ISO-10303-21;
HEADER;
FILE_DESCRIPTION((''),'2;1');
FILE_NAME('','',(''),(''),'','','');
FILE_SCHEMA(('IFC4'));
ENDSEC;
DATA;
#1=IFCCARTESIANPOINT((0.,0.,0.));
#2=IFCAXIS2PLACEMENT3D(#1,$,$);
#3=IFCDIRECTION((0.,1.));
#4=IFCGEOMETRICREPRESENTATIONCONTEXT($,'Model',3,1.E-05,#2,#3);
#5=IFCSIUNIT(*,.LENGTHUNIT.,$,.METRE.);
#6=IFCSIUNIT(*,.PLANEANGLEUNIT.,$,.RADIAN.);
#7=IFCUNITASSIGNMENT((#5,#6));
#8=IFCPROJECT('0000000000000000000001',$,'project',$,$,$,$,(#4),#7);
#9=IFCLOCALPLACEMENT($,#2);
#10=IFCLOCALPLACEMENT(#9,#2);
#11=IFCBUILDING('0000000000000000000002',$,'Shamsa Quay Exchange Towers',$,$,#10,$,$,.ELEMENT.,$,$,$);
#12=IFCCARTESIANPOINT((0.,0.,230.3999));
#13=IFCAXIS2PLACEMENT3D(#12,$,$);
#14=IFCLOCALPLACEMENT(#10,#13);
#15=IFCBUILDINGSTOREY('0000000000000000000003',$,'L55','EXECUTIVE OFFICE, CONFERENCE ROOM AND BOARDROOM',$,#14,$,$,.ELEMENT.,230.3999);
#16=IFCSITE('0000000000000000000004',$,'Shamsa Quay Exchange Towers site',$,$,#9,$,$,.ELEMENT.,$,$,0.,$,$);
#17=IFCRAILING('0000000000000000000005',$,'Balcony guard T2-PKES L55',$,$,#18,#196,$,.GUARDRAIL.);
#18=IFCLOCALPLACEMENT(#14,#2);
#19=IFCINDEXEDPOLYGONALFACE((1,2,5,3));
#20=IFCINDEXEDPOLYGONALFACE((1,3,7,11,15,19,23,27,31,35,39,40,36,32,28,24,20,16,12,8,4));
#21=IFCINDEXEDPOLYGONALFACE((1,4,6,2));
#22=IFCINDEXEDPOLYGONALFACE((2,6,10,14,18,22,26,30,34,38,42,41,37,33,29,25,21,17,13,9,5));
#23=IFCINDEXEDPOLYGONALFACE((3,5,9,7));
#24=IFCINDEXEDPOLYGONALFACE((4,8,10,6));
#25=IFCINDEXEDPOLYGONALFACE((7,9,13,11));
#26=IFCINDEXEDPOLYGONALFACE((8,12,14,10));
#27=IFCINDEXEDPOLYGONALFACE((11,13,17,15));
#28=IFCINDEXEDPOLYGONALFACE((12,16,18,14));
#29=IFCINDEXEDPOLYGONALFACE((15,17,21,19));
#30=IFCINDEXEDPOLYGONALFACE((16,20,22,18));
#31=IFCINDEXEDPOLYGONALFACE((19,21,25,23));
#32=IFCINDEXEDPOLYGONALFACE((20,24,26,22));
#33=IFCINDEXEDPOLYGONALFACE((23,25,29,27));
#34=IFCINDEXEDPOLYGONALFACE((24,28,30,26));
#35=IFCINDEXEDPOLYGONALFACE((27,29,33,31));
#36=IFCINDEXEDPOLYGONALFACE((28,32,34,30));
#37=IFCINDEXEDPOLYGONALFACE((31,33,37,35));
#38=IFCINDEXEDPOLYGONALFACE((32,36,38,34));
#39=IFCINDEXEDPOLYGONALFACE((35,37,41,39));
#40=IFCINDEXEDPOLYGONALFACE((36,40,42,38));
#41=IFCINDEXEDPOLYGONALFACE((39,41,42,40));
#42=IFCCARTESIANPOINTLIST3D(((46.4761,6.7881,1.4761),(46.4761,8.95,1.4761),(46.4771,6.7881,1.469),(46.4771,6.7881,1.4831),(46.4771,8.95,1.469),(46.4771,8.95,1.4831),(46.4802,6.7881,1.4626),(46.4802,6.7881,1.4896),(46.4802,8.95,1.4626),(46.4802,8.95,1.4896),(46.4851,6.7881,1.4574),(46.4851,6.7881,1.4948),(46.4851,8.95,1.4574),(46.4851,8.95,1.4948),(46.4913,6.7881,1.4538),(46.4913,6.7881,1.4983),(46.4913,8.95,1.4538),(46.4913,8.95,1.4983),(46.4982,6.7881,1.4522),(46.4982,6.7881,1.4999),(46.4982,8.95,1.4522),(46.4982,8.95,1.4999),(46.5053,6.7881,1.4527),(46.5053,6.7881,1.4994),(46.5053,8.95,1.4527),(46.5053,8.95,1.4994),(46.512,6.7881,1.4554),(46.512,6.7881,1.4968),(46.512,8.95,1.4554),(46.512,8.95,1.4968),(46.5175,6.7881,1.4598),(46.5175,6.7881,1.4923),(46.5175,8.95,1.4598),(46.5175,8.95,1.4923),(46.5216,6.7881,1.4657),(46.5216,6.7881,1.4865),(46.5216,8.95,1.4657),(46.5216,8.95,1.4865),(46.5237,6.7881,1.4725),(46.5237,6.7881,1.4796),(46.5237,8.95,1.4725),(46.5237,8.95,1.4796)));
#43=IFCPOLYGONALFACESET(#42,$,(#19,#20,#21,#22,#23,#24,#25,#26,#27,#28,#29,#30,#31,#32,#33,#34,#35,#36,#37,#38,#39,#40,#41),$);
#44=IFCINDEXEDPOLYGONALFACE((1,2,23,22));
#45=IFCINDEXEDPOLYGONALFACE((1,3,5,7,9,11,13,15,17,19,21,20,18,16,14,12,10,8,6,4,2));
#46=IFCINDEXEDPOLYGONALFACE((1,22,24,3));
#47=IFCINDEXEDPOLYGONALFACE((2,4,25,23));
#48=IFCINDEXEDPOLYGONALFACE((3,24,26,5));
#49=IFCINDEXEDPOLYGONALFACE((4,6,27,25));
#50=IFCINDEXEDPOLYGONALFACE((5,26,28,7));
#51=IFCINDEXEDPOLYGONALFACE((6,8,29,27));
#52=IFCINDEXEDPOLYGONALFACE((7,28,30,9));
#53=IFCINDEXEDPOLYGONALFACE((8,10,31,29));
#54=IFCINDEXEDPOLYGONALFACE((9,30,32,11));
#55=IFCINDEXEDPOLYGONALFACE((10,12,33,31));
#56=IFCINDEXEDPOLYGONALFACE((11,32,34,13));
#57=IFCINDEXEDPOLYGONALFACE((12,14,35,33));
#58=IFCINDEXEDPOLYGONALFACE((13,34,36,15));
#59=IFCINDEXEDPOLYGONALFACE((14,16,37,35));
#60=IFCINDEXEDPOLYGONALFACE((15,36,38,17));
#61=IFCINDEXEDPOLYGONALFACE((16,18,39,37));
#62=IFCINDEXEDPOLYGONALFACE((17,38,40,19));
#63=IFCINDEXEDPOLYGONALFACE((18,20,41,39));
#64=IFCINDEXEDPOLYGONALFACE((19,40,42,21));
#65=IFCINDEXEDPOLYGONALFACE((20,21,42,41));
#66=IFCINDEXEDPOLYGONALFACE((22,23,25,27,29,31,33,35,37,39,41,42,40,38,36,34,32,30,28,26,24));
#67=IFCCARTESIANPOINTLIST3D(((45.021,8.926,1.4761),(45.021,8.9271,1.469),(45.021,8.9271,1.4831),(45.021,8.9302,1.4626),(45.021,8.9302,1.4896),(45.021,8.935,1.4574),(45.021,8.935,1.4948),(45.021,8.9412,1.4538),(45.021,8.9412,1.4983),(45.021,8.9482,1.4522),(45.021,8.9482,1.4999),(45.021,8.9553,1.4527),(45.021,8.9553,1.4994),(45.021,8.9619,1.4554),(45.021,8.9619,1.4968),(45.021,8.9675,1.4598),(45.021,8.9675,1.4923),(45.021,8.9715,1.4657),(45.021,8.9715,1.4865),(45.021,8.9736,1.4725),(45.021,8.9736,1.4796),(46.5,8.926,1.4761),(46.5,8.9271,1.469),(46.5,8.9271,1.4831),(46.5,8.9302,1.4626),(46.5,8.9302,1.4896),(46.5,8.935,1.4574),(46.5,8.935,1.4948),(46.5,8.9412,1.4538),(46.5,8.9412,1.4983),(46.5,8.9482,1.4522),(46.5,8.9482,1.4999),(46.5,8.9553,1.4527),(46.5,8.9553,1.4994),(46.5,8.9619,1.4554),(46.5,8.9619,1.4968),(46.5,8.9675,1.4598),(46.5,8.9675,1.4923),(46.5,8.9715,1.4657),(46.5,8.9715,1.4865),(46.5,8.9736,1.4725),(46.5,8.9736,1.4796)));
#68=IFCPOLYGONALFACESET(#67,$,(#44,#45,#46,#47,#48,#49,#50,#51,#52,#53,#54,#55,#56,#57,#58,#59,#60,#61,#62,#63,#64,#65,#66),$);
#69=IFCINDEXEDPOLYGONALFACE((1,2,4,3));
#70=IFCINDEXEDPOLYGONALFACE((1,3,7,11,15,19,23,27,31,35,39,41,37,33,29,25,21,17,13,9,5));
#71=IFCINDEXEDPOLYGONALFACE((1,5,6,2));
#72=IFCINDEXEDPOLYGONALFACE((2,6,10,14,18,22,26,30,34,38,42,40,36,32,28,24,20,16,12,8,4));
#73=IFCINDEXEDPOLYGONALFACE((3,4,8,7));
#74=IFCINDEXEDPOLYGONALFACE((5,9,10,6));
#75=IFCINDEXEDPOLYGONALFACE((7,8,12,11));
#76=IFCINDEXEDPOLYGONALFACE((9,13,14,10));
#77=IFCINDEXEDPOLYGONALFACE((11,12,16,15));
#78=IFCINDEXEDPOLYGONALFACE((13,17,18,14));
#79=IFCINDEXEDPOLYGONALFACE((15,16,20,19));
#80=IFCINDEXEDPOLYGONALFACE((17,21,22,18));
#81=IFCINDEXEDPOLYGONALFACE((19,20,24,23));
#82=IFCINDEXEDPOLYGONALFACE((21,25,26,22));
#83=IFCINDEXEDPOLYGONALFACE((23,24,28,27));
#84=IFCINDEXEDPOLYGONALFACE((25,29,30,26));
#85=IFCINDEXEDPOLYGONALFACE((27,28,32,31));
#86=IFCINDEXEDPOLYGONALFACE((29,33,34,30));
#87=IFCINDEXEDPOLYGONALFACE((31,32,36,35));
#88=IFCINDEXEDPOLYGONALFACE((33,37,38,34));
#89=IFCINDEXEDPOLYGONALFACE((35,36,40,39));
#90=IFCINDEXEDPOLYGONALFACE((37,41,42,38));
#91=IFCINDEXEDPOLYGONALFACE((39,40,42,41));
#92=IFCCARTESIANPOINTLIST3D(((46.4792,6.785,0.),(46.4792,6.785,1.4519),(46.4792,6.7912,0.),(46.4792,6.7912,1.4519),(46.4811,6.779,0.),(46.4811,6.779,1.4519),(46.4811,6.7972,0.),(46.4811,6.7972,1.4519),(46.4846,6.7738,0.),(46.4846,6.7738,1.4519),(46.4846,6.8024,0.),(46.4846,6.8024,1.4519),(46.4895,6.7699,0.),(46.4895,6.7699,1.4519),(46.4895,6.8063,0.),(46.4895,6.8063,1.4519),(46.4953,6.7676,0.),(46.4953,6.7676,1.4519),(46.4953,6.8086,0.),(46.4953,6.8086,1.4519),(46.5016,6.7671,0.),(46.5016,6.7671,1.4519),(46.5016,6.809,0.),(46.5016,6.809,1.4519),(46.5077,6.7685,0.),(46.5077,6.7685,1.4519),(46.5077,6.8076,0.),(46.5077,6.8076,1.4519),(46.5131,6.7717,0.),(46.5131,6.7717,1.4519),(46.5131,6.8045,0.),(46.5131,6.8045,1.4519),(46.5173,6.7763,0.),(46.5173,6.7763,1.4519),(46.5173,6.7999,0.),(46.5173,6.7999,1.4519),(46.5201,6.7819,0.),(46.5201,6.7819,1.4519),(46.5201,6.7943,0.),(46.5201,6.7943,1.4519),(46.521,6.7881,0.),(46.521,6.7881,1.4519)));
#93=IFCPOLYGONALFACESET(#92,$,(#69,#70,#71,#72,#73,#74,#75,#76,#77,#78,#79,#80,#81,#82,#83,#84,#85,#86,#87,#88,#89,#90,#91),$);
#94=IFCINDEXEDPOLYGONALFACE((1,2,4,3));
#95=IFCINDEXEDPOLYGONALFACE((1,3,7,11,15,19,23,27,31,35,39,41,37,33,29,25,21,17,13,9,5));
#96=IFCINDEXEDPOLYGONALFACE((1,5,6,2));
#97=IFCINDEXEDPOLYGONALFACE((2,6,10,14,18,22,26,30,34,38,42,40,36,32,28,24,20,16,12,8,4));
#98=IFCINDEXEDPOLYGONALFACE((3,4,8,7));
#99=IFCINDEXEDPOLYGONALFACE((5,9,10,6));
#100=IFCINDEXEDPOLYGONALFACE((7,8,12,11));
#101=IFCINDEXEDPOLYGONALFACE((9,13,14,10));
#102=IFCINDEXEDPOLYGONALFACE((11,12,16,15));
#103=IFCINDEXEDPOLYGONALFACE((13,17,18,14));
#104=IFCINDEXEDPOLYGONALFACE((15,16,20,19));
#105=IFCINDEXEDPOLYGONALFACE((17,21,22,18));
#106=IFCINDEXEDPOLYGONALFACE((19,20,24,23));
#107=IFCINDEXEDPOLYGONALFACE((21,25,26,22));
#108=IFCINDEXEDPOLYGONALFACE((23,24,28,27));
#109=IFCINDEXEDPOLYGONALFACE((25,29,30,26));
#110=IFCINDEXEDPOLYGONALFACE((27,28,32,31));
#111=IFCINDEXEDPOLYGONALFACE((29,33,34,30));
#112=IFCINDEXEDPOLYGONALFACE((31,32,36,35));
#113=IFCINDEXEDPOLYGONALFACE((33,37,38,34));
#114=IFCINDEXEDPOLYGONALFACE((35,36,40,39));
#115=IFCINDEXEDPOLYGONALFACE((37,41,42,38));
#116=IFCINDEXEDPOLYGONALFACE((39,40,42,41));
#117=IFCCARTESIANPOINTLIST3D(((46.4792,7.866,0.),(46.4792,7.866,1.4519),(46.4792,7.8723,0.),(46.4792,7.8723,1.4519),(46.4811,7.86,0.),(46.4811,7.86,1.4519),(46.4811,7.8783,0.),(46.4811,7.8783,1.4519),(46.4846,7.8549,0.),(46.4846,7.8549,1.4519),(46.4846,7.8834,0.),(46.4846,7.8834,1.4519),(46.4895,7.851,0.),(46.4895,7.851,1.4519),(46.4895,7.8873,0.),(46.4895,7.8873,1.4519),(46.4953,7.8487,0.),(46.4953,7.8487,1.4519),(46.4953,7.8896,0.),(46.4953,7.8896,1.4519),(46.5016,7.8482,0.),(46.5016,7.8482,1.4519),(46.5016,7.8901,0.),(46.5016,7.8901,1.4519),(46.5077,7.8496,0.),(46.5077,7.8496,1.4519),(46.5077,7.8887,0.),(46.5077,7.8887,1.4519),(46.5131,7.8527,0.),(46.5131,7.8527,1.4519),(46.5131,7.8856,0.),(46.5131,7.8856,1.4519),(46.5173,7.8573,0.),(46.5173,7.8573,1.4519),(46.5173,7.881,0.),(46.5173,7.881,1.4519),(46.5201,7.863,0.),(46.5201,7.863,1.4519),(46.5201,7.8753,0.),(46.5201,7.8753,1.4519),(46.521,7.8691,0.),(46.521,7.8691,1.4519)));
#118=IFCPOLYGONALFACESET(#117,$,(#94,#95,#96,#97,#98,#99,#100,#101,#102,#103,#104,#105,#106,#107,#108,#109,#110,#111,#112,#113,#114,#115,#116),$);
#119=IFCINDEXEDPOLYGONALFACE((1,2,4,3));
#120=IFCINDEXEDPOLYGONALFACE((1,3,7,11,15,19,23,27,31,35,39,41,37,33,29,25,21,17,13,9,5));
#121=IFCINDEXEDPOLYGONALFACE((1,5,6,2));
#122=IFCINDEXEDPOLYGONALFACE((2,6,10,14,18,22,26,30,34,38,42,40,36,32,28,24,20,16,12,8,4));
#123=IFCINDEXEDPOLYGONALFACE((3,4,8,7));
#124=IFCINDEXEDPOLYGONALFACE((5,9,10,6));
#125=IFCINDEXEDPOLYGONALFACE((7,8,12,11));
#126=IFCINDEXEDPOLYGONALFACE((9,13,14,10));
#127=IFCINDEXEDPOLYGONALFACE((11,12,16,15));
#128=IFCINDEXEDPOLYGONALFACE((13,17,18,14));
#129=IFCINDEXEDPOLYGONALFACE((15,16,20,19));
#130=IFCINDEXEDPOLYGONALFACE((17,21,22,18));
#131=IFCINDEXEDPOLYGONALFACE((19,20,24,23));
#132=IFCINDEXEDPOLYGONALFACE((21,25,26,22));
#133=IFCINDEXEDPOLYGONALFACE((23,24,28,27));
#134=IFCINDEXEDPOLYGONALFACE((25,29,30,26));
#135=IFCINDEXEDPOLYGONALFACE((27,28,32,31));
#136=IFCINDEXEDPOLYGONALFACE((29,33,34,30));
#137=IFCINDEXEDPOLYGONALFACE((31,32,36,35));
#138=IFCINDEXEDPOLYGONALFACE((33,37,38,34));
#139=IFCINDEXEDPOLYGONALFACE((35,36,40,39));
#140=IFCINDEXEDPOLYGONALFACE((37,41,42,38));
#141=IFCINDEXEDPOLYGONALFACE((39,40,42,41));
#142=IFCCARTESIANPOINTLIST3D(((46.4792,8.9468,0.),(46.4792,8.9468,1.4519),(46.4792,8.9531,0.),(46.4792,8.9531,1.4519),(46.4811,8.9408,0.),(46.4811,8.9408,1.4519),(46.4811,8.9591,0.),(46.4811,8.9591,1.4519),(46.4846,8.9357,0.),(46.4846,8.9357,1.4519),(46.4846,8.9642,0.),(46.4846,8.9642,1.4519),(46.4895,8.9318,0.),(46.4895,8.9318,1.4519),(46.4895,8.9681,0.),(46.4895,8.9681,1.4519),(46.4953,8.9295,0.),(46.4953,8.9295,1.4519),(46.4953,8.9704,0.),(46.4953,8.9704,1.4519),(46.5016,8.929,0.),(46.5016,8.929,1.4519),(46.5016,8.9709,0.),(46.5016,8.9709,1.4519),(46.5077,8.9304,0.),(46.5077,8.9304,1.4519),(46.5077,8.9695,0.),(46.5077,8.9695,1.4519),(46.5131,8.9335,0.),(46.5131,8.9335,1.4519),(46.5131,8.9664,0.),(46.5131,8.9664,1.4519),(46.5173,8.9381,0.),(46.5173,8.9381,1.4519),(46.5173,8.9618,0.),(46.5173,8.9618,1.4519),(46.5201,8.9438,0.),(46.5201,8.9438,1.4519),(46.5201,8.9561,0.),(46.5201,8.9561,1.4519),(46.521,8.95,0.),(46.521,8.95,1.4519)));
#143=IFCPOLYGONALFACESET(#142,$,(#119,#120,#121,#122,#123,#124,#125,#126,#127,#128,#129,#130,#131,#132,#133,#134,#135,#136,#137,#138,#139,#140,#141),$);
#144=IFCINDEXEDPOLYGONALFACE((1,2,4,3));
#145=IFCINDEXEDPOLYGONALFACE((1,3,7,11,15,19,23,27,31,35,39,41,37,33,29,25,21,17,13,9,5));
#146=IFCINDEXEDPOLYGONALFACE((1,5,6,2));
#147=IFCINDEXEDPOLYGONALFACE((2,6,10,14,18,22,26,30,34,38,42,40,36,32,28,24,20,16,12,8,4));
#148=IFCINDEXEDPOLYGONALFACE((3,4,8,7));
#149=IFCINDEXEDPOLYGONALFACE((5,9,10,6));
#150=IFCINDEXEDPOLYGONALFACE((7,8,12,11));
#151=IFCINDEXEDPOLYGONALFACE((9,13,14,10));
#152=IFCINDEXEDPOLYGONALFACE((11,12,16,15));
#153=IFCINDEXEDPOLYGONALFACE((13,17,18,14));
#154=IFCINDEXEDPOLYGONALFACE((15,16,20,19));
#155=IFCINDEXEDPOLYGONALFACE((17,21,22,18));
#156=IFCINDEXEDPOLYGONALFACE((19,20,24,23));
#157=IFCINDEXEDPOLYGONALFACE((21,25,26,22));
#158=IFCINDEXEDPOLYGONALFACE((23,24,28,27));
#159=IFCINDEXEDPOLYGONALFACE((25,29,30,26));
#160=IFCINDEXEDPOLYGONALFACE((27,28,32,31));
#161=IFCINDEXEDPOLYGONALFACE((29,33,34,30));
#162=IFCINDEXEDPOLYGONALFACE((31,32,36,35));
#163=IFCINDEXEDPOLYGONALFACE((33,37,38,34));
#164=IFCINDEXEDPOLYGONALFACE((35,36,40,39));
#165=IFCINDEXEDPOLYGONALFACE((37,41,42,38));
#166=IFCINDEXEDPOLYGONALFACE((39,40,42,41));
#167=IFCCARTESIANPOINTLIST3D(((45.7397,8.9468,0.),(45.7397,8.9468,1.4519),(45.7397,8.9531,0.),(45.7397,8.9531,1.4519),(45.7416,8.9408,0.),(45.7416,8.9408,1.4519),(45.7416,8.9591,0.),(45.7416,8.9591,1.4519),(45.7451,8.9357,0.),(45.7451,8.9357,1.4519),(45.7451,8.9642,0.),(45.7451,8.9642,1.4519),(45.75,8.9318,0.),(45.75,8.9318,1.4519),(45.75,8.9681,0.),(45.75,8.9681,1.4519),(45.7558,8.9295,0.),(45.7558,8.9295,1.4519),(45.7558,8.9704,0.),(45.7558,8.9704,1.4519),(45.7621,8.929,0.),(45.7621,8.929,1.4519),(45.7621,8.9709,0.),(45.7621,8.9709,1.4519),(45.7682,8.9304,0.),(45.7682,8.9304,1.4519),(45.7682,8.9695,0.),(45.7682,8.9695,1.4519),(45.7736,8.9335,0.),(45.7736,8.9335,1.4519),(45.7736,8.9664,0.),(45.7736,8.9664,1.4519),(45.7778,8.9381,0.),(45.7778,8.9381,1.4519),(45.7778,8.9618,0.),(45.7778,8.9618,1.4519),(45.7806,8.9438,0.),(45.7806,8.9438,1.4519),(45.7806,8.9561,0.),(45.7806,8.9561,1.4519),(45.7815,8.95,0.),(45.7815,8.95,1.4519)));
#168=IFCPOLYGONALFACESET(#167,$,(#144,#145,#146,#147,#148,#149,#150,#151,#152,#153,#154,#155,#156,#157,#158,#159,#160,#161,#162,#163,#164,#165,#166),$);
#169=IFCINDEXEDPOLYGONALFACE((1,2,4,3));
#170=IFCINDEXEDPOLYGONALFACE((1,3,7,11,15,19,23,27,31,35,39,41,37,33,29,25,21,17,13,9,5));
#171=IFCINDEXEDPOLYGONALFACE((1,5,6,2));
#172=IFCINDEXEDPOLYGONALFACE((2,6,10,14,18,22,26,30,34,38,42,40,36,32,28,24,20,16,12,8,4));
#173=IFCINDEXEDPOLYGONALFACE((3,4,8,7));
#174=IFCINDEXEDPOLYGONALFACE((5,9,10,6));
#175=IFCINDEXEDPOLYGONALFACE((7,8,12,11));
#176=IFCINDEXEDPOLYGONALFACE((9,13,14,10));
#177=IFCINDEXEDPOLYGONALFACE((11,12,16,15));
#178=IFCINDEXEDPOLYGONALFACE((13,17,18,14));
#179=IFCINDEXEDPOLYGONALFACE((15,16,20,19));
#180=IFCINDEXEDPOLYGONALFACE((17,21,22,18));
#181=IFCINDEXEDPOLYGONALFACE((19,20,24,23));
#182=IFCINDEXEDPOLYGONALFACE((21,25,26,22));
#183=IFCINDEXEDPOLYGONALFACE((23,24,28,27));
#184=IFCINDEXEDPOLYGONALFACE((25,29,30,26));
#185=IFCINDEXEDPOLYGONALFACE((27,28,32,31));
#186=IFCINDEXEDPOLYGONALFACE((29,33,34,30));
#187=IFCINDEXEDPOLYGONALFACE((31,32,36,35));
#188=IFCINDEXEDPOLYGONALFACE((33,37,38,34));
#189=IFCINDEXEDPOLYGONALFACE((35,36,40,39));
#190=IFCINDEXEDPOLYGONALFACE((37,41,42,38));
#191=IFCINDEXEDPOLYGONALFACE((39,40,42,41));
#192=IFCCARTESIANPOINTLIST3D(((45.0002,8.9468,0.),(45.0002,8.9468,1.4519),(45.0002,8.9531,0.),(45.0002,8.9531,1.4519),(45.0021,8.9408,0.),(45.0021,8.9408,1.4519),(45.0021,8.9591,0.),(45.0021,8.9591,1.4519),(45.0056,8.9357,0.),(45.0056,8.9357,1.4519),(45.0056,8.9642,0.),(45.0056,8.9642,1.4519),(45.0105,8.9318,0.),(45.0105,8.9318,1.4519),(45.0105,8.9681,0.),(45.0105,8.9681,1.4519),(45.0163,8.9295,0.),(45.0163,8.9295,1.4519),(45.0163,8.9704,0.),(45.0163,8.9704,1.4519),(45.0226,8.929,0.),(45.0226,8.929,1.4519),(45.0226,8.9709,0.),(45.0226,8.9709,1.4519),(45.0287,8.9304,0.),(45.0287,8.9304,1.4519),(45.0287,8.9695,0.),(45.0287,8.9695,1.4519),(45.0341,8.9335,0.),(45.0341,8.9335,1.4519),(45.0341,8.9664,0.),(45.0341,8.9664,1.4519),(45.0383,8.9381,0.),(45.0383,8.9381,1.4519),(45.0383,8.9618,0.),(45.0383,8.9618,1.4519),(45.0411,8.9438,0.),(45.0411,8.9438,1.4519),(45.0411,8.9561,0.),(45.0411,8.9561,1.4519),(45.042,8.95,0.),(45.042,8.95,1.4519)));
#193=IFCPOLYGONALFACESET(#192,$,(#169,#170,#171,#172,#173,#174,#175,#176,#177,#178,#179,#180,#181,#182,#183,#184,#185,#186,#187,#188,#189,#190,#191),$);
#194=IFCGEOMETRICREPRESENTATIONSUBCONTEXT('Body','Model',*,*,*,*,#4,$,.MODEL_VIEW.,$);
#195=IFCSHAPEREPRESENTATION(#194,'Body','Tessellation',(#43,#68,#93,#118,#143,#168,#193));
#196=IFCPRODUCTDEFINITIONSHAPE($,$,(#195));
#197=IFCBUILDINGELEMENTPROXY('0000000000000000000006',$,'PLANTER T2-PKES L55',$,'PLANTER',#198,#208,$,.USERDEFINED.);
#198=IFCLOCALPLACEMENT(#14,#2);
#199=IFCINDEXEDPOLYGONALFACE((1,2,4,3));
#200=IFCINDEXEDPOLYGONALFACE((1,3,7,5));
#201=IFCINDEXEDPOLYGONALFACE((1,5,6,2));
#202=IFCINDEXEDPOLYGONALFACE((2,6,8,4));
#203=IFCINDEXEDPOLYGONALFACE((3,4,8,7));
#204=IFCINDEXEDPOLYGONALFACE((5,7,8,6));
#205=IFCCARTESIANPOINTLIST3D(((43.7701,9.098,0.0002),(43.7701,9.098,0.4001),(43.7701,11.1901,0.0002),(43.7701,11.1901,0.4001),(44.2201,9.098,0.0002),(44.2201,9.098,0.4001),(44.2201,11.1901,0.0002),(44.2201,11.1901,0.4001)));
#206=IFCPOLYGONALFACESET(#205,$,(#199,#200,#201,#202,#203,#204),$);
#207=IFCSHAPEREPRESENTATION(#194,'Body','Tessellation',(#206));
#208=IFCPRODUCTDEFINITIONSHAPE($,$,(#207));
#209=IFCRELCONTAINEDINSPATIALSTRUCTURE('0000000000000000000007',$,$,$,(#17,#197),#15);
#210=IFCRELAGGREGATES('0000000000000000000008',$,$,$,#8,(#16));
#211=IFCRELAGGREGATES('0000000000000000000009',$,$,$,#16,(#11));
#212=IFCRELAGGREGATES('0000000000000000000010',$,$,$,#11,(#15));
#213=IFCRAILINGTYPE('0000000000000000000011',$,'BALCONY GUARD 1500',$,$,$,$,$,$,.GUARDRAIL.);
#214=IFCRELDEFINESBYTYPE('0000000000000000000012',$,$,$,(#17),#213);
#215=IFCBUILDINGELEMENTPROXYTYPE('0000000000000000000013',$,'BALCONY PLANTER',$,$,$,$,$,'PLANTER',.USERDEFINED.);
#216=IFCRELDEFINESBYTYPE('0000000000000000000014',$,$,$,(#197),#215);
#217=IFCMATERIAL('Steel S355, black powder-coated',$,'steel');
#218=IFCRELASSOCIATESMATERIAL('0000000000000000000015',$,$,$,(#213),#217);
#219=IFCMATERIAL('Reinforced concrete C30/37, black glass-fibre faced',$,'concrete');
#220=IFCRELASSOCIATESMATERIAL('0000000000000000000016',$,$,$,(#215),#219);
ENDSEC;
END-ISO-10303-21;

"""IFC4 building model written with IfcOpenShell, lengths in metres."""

from ifc_helpers import new_model, si_unit, direction, frame, origin, origin_2d, place, context, subcontext, project, spatial, rectangle, circle, extrude, material, type_object, element, save


model = new_model("IFC4")

# Units and contexts
model_context = context("Model", 3, precision=1e-05, world=origin(), true_north=direction((0.0, 1.0)))
body_context = subcontext(model_context, "Body", "Model", "MODEL_VIEW")
ifc_project = project(units=[si_unit("LENGTHUNIT", "METRE"), si_unit("PLANEANGLEUNIT", "RADIAN")], contexts=[model_context])

# Site, building, storey
site_placement = place(None, origin())
site = spatial("IfcSite", under=ifc_project, at=site_placement, Name="Shamsa Quay Exchange Towers site", CompositionType="ELEMENT", RefElevation=0.0)
building_placement = place(site_placement, origin())
building = spatial("IfcBuilding", under=site, at=building_placement, Name="Shamsa Quay Exchange Towers", CompositionType="ELEMENT")
storey_placement = place(building_placement, frame((0.0, 0.0, 230.3999)))
storey = spatial("IfcBuildingStorey", under=building, at=storey_placement, Name="L55", Description="EXECUTIVE OFFICE, CONFERENCE ROOM AND BOARDROOM", CompositionType="ELEMENT", Elevation=230.3999)

# Railing
ifc_material_1 = material(Name="Steel S355, black powder-coated", Category="steel")
railing_type_1 = type_object("IfcRailingType", Name="BALCONY GUARD 1500", PredefinedType="GUARDRAIL", material=ifc_material_1)
for number, where, name in (
    (1, (46.5, 6.7881, 0.0), "Balcony guard T2-PKES L55"),
):
    element("IfcRailing", number, at=place(storey_placement, frame(where)), inside=storey, type_object=railing_type_1, Name=name, PredefinedType="GUARDRAIL", context=body_context, shape_type="SweptSolid", body=[
        extrude(circle(Radius=0.0239, at=origin_2d()), frame((0.0, 0.0, 1.4761), z_axis=(0.0, 1.0, 0.0), x_axis=(-1.0, 0.0, 0.0)), (0.0, 0.0, 1.0), 2.1619),
        extrude(circle(Radius=0.0239, at=origin_2d()), frame((0.0, 2.1619, 1.4761), z_axis=(-1.0, 0.0, 0.0), x_axis=(0.0, -1.0, 0.0)), (0.0, 0.0, 1.0), 1.479),
        extrude(circle(Radius=0.021, at=origin_2d()), origin(), (0.0, 0.0, 1.0), 1.4519),
        extrude(circle(Radius=0.021, at=origin_2d()), frame((0.0, 1.0811, 0.0)), (0.0, 0.0, 1.0), 1.4519),
        extrude(circle(Radius=0.021, at=origin_2d()), frame((0.0, 2.1619, 0.0)), (0.0, 0.0, 1.0), 1.4519),
        extrude(circle(Radius=0.021, at=origin_2d()), frame((-0.7395, 2.1619, 0.0)), (0.0, 0.0, 1.0), 1.4519),
        extrude(circle(Radius=0.021, at=origin_2d()), frame((-1.479, 2.1619, 0.0)), (0.0, 0.0, 1.0), 1.4519),
    ])

# Building element proxy
ifc_material_2 = material(Name="Reinforced concrete C30/37, black glass-fibre faced", Category="concrete")
building_element_proxy_type = type_object("IfcBuildingElementProxyType", Name="BALCONY PLANTER", ElementType="PLANTER", PredefinedType="USERDEFINED", material=ifc_material_2)
for number, where, z_axis, x_axis, name in (
    (2, (43.9951, 10.144, 0.0002), (0.0, 0.0, 1.0), (0.0, 1.0, 0.0), "PLANTER T2-PKES L55"),
):
    element("IfcBuildingElementProxy", number, at=place(storey_placement, frame(where, z_axis=z_axis, x_axis=x_axis)), inside=storey, type_object=building_element_proxy_type, Name=name, ObjectType="PLANTER", PredefinedType="USERDEFINED", context=body_context, shape_type="SweptSolid", body=[
        extrude(rectangle(XDim=2.092, YDim=0.45, at=origin_2d()), origin(), (0.0, 0.0, 1.0), 0.3999),
    ])

save(model, "model.ifc")
